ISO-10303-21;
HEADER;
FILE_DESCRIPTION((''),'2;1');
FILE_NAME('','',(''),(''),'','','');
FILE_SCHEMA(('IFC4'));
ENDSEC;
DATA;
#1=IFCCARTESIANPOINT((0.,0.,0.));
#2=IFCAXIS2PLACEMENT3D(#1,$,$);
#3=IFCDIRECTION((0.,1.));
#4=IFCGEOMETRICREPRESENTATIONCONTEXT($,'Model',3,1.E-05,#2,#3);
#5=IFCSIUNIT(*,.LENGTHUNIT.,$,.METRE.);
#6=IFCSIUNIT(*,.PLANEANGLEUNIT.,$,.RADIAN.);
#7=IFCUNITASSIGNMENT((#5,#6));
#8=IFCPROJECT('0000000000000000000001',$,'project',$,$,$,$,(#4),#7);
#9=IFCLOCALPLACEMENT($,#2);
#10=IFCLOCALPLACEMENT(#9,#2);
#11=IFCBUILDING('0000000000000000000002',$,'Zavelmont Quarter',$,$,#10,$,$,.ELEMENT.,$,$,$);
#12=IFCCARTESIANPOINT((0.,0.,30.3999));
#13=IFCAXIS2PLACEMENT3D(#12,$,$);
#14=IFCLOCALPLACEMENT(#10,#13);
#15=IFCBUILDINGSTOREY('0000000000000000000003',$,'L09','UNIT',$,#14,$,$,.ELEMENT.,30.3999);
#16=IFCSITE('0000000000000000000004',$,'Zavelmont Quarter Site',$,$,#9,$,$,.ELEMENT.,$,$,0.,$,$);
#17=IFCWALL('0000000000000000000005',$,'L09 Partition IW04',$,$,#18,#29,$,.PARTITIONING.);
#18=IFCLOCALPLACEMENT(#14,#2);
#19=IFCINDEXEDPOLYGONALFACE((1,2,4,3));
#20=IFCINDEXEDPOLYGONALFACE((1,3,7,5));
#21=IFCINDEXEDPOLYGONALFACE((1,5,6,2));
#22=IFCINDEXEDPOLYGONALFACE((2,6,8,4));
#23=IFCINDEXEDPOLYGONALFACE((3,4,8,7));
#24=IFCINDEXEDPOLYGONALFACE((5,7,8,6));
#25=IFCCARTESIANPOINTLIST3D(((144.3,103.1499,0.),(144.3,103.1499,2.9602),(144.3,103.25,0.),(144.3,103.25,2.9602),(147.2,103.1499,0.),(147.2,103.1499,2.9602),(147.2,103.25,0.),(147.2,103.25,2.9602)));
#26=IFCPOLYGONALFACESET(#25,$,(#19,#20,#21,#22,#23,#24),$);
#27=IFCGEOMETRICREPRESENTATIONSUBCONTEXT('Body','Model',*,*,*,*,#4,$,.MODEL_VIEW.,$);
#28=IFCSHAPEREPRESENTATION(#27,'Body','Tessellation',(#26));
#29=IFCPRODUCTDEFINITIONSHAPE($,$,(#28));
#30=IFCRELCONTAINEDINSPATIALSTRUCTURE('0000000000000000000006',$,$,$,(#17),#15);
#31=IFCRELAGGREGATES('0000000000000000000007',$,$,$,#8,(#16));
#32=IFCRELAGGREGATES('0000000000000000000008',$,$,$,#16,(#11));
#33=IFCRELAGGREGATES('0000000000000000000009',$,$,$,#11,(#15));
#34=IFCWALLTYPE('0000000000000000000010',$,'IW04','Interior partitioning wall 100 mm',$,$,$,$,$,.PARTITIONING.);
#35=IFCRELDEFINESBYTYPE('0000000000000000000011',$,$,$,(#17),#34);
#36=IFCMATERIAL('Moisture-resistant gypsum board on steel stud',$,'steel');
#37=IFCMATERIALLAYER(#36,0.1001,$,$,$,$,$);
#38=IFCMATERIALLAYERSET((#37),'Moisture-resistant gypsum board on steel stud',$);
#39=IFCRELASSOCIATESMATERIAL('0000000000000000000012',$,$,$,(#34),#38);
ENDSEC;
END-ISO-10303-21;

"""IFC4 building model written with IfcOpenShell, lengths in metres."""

from ifc_helpers import new_model, si_unit, direction, frame, frame_2d, origin, place, context, subcontext, project, spatial, rectangle, extrude, material, layer, layer_set, type_object, element, save


model = new_model("IFC4")

# Units and contexts
model_context = context("Model", 3, precision=1e-05, world=origin(), true_north=direction((0.0, 1.0)))
body_context = subcontext(model_context, "Body", "Model", "MODEL_VIEW")
ifc_project = project(units=[si_unit("LENGTHUNIT", "METRE"), si_unit("PLANEANGLEUNIT", "RADIAN")], contexts=[model_context])

# Site, building, storey
site_placement = place(None, origin())
site = spatial("IfcSite", under=ifc_project, at=site_placement, Name="Zavelmont Quarter Site", CompositionType="ELEMENT", RefElevation=0.0)
building_placement = place(site_placement, origin())
building = spatial("IfcBuilding", under=site, at=building_placement, Name="Zavelmont Quarter", CompositionType="ELEMENT")
storey_placement = place(building_placement, frame((0.0, 0.0, 30.3999)))
storey = spatial("IfcBuildingStorey", under=building, at=storey_placement, Name="L09", Description="UNIT", CompositionType="ELEMENT", Elevation=30.3999)

# Wall
ifc_material_1 = material(Name="Moisture-resistant gypsum board on steel stud", Category="steel")
ifc_layer_1 = layer(ifc_material_1, 0.1001)
ifc_layer_set_1 = layer_set([ifc_layer_1], Name="Moisture-resistant gypsum board on steel stud")
wall_type_1 = type_object("IfcWallType", Name="IW04", Description="Interior partitioning wall 100 mm", PredefinedType="PARTITIONING", material=ifc_layer_set_1)
wall_1_placement = place(storey_placement, frame((144.3, 103.2, 0.0), z_axis=(0.0, 0.0, 1.0), x_axis=(1.0, 0.0, 0.0)))
element("IfcWall", 1, at=wall_1_placement, inside=storey, type_object=wall_type_1, Name="L09 Partition IW04", PredefinedType="PARTITIONING", context=body_context, shape_type="SweptSolid", body=[
    extrude(rectangle(XDim=2.8999, YDim=0.1001, at=frame_2d((1.45, 0.0))), origin(), (0.0, 0.0, 1.0), 2.9602),
])

save(model, "model.ifc")
